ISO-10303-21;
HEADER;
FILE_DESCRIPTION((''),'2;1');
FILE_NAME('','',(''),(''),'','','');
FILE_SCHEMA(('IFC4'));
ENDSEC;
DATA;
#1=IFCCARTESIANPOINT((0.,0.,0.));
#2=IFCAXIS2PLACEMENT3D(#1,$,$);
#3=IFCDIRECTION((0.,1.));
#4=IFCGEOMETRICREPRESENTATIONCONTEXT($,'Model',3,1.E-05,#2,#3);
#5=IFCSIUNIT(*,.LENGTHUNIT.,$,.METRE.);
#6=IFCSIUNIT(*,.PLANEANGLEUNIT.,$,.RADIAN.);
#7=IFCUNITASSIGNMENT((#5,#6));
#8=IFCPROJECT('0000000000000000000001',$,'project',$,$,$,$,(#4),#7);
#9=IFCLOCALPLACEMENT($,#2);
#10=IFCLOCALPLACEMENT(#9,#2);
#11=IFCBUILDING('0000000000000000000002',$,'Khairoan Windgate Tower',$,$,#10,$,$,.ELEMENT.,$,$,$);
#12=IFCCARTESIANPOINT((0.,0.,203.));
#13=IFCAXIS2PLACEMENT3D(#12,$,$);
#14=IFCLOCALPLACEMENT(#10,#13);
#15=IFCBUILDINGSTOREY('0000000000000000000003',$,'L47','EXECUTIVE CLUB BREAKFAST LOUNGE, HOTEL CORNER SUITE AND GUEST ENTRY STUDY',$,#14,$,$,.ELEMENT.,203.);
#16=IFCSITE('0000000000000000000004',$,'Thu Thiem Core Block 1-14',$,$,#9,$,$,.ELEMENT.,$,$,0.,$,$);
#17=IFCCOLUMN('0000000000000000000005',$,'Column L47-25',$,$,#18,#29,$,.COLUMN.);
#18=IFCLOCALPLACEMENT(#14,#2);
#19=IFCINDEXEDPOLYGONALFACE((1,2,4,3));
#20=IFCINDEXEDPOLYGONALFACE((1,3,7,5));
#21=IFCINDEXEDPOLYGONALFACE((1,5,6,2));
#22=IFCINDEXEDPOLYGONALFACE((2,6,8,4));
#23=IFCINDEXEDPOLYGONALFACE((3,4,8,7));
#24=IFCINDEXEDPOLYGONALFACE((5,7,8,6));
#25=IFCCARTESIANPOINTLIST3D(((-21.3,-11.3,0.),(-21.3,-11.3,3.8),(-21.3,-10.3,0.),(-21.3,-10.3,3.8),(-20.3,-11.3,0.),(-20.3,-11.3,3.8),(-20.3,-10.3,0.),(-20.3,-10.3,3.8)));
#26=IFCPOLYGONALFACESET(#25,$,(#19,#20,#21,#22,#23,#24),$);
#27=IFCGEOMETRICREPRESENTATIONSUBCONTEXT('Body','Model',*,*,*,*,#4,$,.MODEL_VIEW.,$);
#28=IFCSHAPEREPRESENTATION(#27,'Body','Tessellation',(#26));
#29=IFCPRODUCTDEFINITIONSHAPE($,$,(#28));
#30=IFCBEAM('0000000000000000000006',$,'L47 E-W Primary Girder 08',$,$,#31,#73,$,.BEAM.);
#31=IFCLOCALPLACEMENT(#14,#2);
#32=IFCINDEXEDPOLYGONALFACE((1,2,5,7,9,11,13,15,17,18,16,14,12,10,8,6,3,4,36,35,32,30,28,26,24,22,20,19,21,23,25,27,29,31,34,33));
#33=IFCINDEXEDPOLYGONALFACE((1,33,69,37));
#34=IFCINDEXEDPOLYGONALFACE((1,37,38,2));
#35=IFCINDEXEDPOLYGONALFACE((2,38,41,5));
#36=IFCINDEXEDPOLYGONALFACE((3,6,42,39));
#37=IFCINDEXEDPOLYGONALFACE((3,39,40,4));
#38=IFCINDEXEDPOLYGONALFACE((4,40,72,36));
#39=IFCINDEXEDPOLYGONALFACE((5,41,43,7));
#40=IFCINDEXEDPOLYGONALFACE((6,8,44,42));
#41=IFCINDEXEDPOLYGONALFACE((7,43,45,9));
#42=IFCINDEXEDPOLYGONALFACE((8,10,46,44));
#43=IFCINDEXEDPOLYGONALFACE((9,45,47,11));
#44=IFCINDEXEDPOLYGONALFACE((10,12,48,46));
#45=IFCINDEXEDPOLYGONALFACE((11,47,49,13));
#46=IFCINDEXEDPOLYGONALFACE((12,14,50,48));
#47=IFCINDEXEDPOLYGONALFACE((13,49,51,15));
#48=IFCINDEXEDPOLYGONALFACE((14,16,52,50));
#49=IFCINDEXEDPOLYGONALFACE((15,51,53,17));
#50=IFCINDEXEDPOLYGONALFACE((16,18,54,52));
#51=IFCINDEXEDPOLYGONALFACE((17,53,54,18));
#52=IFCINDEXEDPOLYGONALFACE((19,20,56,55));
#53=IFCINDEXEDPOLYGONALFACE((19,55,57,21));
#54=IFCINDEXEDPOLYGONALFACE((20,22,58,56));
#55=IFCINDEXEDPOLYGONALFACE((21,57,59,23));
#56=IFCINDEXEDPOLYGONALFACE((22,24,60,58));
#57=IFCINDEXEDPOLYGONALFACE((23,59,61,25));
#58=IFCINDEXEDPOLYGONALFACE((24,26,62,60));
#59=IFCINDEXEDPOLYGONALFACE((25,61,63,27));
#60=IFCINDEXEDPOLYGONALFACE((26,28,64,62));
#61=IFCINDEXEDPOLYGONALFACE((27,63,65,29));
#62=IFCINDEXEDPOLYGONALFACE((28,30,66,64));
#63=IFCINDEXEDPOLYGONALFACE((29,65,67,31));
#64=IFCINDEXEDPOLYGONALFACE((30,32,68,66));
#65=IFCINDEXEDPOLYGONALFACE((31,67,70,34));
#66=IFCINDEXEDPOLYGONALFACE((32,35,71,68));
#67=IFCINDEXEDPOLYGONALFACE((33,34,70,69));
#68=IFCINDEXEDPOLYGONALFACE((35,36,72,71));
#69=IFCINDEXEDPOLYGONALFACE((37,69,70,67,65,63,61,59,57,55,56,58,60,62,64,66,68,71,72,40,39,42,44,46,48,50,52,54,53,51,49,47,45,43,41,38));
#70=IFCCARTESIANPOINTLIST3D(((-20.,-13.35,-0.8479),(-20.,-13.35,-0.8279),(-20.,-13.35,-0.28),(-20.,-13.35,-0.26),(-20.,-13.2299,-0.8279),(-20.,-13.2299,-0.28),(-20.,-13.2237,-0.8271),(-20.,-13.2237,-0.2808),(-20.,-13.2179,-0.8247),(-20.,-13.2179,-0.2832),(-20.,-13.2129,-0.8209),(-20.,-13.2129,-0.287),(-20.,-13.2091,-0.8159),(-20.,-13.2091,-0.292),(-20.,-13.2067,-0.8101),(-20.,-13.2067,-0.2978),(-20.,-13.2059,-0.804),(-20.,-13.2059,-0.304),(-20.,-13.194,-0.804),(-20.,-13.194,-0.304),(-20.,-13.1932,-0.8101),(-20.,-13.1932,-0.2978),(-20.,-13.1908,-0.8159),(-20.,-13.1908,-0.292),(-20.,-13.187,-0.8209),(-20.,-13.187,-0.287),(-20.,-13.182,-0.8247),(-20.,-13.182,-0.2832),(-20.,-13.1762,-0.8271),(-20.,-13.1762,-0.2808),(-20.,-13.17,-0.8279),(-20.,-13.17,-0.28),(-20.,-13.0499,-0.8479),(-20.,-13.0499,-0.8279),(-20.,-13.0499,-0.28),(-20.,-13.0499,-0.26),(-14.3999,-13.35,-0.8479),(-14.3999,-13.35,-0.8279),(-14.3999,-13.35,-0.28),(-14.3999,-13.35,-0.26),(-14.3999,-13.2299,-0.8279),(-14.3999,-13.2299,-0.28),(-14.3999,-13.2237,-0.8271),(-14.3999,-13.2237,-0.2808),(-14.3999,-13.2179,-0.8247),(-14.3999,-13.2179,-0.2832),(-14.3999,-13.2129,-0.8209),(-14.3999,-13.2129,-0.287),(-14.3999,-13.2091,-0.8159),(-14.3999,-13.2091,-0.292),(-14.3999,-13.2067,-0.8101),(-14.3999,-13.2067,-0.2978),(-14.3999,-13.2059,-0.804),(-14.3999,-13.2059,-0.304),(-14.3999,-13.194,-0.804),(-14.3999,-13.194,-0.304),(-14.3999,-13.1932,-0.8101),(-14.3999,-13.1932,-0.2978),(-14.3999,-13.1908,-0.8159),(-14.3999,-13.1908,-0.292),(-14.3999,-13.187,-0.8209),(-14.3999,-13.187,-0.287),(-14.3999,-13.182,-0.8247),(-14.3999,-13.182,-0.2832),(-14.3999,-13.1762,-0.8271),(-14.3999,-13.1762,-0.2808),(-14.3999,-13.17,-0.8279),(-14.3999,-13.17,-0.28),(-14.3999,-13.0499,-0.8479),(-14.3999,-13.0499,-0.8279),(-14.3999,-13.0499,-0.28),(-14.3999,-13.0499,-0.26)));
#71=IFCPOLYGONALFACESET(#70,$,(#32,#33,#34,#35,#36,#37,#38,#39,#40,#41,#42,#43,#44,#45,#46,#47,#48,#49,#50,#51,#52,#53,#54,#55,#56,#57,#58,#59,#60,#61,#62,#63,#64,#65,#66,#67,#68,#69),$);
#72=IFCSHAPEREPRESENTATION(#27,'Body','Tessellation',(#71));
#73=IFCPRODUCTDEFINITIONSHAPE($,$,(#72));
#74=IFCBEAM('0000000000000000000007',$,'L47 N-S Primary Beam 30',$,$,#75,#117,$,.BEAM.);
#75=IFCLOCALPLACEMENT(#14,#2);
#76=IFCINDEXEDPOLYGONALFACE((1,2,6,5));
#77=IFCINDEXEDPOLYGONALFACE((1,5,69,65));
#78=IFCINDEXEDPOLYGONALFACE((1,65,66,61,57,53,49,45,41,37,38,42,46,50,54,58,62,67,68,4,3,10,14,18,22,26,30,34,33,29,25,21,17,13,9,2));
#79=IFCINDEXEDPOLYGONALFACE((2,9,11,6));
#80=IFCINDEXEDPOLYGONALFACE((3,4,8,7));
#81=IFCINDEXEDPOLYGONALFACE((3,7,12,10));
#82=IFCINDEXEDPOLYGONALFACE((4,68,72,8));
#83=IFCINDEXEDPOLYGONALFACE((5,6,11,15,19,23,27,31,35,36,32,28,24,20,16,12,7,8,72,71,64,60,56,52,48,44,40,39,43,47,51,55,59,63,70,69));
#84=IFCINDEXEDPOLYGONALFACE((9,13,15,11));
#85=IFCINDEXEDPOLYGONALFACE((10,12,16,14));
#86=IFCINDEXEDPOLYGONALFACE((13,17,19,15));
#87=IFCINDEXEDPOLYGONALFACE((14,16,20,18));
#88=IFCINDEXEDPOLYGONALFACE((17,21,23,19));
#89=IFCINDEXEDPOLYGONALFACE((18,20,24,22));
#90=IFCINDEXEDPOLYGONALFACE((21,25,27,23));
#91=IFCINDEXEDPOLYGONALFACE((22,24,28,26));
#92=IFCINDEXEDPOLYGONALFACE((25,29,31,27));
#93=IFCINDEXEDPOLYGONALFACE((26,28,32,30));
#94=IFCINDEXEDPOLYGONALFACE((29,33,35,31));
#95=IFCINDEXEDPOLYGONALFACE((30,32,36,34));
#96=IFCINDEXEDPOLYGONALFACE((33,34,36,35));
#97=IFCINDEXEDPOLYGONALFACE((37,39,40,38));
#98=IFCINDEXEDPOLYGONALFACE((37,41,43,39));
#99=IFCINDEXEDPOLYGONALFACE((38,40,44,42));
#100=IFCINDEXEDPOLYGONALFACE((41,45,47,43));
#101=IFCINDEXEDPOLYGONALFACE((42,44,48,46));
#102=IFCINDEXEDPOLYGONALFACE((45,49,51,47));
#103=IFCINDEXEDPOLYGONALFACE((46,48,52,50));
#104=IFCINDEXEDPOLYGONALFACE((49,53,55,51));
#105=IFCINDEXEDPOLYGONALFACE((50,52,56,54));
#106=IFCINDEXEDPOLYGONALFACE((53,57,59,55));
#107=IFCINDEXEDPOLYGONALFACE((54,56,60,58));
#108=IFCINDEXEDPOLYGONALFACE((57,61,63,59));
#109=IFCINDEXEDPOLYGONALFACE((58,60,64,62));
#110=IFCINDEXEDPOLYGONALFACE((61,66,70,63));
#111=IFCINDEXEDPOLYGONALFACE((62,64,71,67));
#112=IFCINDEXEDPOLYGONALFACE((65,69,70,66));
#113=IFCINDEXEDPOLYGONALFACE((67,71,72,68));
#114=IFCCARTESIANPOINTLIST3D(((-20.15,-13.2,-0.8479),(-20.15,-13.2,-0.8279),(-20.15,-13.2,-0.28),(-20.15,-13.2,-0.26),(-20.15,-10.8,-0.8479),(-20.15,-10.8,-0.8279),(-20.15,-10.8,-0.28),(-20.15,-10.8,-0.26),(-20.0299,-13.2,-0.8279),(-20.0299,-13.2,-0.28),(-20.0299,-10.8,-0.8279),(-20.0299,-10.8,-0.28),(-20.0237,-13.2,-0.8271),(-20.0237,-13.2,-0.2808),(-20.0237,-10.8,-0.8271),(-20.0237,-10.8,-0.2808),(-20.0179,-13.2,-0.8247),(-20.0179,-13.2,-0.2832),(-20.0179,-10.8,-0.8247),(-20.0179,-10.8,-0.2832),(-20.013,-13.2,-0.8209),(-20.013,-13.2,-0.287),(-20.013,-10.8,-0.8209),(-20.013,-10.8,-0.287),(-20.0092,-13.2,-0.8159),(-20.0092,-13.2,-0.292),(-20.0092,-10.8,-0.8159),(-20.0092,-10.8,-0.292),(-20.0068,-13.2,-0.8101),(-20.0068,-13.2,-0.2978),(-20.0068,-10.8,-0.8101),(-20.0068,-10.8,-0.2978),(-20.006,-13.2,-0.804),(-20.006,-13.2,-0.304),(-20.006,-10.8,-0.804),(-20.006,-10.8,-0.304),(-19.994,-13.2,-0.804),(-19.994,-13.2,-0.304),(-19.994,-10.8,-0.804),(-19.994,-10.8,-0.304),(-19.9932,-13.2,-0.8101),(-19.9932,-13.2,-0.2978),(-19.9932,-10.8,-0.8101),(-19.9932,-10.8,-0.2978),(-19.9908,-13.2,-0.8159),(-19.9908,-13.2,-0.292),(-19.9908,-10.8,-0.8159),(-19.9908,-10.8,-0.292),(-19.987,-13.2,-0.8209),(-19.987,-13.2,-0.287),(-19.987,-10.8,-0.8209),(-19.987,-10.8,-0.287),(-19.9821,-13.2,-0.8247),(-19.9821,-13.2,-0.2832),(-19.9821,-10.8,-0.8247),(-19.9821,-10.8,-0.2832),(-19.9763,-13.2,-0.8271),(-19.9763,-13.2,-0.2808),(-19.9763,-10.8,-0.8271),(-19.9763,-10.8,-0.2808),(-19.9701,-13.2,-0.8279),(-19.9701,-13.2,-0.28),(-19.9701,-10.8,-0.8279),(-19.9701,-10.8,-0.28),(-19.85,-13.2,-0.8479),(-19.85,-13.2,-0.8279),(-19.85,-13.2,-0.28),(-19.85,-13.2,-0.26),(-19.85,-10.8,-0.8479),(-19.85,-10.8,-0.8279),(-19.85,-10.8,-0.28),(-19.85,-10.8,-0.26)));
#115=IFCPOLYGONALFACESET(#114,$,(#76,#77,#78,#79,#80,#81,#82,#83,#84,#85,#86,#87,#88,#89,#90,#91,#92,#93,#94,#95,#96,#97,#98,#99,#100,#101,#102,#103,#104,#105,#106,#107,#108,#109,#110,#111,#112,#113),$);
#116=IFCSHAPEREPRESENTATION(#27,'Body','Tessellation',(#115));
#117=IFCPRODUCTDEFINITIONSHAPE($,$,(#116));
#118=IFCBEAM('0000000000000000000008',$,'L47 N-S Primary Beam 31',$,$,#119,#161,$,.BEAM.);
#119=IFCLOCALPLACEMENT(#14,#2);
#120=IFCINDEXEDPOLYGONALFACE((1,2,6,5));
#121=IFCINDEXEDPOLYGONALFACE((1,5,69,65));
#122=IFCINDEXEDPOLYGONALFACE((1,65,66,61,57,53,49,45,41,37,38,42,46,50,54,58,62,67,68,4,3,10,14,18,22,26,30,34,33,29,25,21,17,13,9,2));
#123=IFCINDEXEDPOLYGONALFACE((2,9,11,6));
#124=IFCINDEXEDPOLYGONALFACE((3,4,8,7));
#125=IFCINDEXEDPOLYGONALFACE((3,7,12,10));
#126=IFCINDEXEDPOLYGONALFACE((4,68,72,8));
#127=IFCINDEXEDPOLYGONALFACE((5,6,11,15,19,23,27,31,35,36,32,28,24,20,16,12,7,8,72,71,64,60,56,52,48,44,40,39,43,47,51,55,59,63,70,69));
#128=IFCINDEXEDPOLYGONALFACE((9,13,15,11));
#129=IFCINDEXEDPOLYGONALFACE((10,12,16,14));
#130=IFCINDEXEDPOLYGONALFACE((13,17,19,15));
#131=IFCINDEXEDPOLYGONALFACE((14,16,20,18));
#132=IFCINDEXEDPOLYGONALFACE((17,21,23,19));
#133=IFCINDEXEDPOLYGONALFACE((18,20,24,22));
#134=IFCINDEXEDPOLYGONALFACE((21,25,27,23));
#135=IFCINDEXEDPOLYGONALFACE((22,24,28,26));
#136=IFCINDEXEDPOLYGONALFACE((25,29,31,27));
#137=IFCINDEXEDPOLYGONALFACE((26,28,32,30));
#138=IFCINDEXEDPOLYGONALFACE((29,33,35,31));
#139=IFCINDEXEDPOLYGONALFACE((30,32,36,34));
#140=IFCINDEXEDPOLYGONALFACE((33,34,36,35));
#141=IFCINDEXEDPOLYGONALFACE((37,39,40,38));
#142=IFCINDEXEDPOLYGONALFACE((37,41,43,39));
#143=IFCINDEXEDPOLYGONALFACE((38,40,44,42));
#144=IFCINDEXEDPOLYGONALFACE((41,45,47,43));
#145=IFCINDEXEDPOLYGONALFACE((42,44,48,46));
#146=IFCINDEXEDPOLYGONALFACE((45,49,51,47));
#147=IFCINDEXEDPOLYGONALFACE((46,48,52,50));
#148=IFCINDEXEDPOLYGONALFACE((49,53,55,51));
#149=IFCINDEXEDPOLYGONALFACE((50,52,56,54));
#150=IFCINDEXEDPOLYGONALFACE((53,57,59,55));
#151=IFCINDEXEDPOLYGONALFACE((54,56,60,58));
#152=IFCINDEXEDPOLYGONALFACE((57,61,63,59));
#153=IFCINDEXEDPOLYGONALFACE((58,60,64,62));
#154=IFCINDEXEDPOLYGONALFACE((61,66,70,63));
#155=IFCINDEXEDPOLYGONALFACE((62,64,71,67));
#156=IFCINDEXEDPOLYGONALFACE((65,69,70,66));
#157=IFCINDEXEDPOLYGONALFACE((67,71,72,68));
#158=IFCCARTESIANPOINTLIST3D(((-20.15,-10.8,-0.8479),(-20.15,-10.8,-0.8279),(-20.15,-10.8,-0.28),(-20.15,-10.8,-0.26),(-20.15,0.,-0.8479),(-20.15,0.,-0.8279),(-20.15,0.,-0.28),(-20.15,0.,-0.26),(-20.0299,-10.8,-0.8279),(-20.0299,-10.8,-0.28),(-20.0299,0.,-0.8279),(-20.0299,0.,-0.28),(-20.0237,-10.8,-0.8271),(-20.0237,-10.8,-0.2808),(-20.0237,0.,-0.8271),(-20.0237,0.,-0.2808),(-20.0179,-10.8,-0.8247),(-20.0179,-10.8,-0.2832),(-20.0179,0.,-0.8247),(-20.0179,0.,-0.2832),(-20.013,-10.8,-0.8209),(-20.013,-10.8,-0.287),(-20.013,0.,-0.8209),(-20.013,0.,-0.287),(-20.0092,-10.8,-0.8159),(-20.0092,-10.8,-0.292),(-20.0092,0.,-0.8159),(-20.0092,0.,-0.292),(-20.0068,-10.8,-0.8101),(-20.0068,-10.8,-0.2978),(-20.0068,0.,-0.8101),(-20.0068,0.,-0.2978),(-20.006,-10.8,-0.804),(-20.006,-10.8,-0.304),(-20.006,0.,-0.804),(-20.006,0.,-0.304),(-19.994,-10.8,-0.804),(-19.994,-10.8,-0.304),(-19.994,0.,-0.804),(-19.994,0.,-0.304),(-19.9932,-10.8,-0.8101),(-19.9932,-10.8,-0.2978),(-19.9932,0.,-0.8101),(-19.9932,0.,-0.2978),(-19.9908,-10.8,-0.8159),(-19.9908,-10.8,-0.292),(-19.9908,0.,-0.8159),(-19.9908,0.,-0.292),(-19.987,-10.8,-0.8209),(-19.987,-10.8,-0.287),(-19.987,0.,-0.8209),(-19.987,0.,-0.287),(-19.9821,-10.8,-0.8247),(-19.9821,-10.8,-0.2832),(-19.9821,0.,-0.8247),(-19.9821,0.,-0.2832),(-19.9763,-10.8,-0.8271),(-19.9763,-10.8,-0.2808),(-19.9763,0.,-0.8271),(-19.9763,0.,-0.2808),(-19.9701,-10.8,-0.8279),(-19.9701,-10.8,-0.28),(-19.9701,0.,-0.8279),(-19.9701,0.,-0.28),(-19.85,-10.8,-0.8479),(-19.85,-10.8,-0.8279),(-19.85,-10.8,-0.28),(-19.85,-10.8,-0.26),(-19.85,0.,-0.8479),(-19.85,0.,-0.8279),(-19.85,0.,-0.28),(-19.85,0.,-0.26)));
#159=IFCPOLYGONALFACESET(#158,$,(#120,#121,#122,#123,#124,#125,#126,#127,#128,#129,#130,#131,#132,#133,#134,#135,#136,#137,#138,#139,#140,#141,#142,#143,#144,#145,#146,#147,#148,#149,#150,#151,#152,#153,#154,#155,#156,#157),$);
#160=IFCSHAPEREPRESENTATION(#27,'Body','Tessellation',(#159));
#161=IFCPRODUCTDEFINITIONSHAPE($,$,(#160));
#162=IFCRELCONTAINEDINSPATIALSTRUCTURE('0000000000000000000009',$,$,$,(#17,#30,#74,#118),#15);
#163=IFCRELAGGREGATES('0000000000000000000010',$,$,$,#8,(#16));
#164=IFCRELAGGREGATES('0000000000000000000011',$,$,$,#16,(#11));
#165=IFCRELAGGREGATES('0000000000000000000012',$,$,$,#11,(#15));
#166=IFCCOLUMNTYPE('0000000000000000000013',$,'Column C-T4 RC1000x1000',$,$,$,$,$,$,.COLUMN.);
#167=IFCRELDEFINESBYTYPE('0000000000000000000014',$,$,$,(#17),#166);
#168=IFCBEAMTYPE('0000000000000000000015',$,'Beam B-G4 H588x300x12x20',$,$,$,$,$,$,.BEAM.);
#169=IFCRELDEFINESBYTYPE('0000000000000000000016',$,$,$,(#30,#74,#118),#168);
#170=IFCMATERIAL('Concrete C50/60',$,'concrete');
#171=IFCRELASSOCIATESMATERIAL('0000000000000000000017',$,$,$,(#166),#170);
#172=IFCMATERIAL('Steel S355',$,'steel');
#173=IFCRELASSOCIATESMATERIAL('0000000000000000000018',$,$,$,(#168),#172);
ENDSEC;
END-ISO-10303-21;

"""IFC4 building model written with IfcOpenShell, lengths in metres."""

from ifc_helpers import new_model, si_unit, direction, frame, origin, origin_2d, place, context, subcontext, project, spatial, rectangle, i_section, extrude, material, material_profile, profile_set, type_object, element, save


model = new_model("IFC4")

# Units and contexts
model_context = context("Model", 3, precision=1e-05, world=origin(), true_north=direction((0.0, 1.0)))
body_context = subcontext(model_context, "Body", "Model", "MODEL_VIEW")
ifc_project = project(units=[si_unit("LENGTHUNIT", "METRE"), si_unit("PLANEANGLEUNIT", "RADIAN")], contexts=[model_context])

# Site, building, storey
site_placement = place(None, origin())
site = spatial("IfcSite", under=ifc_project, at=site_placement, Name="Thu Thiem Core Block 1-14", CompositionType="ELEMENT", RefElevation=0.0)
building_placement = place(site_placement, origin())
building = spatial("IfcBuilding", under=site, at=building_placement, Name="Khairoan Windgate Tower", CompositionType="ELEMENT")
storey_placement = place(building_placement, frame((0.0, 0.0, 203.0)))
storey = spatial("IfcBuildingStorey", under=building, at=storey_placement, Name="L47", Description="EXECUTIVE CLUB BREAKFAST LOUNGE, HOTEL CORNER SUITE AND GUEST ENTRY STUDY", CompositionType="ELEMENT", Elevation=203.0)

# Column
ifc_material_1 = material(Name="Concrete C50/60", Category="concrete")
ifc_material_profile_1 = material_profile(ifc_material_1, rectangle(XDim=1.0, YDim=1.0, at=origin_2d()))
ifc_profile_set_1 = profile_set([ifc_material_profile_1], Name="Concrete C50/60")
column_type = type_object("IfcColumnType", Name="Column C-T4 RC1000x1000", PredefinedType="COLUMN", material=ifc_profile_set_1)
column_placement = place(storey_placement, frame((-20.8, -10.8, 0.0), z_axis=(0.0, 0.0, 1.0), x_axis=(1.0, 0.0, 0.0)))
element("IfcColumn", 1, at=column_placement, inside=storey, type_object=column_type, Name="Column L47-25", PredefinedType="COLUMN", context=body_context, shape_type="SweptSolid", body=[
    extrude(rectangle(XDim=1.0, YDim=1.0, at=origin_2d()), origin(), (0.0, 0.0, 1.0), 3.8),
])

# Beams
ifc_material_2 = material(Name="Steel S355", Category="steel")
ifc_material_profile_2 = material_profile(ifc_material_2, i_section(OverallWidth=0.3, OverallDepth=0.5879, WebThickness=0.012, FlangeThickness=0.02, FilletRadius=0.0239, at=origin_2d()))
ifc_profile_set_2 = profile_set([ifc_material_profile_2], Name="Steel S355")
beam_type_1 = type_object("IfcBeamType", Name="Beam B-G4 H588x300x12x20", PredefinedType="BEAM", material=ifc_profile_set_2)
beam_1_placement = place(storey_placement, frame((-20.0, -13.2, -0.554), z_axis=(1.0, 0.0, 0.0), x_axis=(0.0, 1.0, 0.0)))
element("IfcBeam", 2, at=beam_1_placement, inside=storey, type_object=beam_type_1, Name="L47 E-W Primary Girder 08", PredefinedType="BEAM", context=body_context, shape_type="SweptSolid", body=[
    extrude(i_section(OverallWidth=0.3, OverallDepth=0.5879, WebThickness=0.012, FlangeThickness=0.02, FilletRadius=0.0239, at=origin_2d()), origin(), (0.0, 0.0, 1.0), 5.6001),
])
beam_2_placement = place(storey_placement, frame((-20.0, -13.2, -0.554), z_axis=(0.0, 1.0, 0.0), x_axis=(-1.0, 0.0, 0.0)))
element("IfcBeam", 3, at=beam_2_placement, inside=storey, type_object=beam_type_1, Name="L47 N-S Primary Beam 30", PredefinedType="BEAM", context=body_context, shape_type="SweptSolid", body=[
    extrude(i_section(OverallWidth=0.3, OverallDepth=0.5879, WebThickness=0.012, FlangeThickness=0.02, FilletRadius=0.0239, at=origin_2d()), origin(), (0.0, 0.0, 1.0), 2.3999),
])
beam_3_placement = place(storey_placement, frame((-20.0, -10.8, -0.554), z_axis=(0.0, 1.0, 0.0), x_axis=(-1.0, 0.0, 0.0)))
element("IfcBeam", 4, at=beam_3_placement, inside=storey, type_object=beam_type_1, Name="L47 N-S Primary Beam 31", PredefinedType="BEAM", context=body_context, shape_type="SweptSolid", body=[
    extrude(i_section(OverallWidth=0.3, OverallDepth=0.5879, WebThickness=0.012, FlangeThickness=0.02, FilletRadius=0.0239, at=origin_2d()), origin(), (0.0, 0.0, 1.0), 10.8),
])

save(model, "model.ifc")
